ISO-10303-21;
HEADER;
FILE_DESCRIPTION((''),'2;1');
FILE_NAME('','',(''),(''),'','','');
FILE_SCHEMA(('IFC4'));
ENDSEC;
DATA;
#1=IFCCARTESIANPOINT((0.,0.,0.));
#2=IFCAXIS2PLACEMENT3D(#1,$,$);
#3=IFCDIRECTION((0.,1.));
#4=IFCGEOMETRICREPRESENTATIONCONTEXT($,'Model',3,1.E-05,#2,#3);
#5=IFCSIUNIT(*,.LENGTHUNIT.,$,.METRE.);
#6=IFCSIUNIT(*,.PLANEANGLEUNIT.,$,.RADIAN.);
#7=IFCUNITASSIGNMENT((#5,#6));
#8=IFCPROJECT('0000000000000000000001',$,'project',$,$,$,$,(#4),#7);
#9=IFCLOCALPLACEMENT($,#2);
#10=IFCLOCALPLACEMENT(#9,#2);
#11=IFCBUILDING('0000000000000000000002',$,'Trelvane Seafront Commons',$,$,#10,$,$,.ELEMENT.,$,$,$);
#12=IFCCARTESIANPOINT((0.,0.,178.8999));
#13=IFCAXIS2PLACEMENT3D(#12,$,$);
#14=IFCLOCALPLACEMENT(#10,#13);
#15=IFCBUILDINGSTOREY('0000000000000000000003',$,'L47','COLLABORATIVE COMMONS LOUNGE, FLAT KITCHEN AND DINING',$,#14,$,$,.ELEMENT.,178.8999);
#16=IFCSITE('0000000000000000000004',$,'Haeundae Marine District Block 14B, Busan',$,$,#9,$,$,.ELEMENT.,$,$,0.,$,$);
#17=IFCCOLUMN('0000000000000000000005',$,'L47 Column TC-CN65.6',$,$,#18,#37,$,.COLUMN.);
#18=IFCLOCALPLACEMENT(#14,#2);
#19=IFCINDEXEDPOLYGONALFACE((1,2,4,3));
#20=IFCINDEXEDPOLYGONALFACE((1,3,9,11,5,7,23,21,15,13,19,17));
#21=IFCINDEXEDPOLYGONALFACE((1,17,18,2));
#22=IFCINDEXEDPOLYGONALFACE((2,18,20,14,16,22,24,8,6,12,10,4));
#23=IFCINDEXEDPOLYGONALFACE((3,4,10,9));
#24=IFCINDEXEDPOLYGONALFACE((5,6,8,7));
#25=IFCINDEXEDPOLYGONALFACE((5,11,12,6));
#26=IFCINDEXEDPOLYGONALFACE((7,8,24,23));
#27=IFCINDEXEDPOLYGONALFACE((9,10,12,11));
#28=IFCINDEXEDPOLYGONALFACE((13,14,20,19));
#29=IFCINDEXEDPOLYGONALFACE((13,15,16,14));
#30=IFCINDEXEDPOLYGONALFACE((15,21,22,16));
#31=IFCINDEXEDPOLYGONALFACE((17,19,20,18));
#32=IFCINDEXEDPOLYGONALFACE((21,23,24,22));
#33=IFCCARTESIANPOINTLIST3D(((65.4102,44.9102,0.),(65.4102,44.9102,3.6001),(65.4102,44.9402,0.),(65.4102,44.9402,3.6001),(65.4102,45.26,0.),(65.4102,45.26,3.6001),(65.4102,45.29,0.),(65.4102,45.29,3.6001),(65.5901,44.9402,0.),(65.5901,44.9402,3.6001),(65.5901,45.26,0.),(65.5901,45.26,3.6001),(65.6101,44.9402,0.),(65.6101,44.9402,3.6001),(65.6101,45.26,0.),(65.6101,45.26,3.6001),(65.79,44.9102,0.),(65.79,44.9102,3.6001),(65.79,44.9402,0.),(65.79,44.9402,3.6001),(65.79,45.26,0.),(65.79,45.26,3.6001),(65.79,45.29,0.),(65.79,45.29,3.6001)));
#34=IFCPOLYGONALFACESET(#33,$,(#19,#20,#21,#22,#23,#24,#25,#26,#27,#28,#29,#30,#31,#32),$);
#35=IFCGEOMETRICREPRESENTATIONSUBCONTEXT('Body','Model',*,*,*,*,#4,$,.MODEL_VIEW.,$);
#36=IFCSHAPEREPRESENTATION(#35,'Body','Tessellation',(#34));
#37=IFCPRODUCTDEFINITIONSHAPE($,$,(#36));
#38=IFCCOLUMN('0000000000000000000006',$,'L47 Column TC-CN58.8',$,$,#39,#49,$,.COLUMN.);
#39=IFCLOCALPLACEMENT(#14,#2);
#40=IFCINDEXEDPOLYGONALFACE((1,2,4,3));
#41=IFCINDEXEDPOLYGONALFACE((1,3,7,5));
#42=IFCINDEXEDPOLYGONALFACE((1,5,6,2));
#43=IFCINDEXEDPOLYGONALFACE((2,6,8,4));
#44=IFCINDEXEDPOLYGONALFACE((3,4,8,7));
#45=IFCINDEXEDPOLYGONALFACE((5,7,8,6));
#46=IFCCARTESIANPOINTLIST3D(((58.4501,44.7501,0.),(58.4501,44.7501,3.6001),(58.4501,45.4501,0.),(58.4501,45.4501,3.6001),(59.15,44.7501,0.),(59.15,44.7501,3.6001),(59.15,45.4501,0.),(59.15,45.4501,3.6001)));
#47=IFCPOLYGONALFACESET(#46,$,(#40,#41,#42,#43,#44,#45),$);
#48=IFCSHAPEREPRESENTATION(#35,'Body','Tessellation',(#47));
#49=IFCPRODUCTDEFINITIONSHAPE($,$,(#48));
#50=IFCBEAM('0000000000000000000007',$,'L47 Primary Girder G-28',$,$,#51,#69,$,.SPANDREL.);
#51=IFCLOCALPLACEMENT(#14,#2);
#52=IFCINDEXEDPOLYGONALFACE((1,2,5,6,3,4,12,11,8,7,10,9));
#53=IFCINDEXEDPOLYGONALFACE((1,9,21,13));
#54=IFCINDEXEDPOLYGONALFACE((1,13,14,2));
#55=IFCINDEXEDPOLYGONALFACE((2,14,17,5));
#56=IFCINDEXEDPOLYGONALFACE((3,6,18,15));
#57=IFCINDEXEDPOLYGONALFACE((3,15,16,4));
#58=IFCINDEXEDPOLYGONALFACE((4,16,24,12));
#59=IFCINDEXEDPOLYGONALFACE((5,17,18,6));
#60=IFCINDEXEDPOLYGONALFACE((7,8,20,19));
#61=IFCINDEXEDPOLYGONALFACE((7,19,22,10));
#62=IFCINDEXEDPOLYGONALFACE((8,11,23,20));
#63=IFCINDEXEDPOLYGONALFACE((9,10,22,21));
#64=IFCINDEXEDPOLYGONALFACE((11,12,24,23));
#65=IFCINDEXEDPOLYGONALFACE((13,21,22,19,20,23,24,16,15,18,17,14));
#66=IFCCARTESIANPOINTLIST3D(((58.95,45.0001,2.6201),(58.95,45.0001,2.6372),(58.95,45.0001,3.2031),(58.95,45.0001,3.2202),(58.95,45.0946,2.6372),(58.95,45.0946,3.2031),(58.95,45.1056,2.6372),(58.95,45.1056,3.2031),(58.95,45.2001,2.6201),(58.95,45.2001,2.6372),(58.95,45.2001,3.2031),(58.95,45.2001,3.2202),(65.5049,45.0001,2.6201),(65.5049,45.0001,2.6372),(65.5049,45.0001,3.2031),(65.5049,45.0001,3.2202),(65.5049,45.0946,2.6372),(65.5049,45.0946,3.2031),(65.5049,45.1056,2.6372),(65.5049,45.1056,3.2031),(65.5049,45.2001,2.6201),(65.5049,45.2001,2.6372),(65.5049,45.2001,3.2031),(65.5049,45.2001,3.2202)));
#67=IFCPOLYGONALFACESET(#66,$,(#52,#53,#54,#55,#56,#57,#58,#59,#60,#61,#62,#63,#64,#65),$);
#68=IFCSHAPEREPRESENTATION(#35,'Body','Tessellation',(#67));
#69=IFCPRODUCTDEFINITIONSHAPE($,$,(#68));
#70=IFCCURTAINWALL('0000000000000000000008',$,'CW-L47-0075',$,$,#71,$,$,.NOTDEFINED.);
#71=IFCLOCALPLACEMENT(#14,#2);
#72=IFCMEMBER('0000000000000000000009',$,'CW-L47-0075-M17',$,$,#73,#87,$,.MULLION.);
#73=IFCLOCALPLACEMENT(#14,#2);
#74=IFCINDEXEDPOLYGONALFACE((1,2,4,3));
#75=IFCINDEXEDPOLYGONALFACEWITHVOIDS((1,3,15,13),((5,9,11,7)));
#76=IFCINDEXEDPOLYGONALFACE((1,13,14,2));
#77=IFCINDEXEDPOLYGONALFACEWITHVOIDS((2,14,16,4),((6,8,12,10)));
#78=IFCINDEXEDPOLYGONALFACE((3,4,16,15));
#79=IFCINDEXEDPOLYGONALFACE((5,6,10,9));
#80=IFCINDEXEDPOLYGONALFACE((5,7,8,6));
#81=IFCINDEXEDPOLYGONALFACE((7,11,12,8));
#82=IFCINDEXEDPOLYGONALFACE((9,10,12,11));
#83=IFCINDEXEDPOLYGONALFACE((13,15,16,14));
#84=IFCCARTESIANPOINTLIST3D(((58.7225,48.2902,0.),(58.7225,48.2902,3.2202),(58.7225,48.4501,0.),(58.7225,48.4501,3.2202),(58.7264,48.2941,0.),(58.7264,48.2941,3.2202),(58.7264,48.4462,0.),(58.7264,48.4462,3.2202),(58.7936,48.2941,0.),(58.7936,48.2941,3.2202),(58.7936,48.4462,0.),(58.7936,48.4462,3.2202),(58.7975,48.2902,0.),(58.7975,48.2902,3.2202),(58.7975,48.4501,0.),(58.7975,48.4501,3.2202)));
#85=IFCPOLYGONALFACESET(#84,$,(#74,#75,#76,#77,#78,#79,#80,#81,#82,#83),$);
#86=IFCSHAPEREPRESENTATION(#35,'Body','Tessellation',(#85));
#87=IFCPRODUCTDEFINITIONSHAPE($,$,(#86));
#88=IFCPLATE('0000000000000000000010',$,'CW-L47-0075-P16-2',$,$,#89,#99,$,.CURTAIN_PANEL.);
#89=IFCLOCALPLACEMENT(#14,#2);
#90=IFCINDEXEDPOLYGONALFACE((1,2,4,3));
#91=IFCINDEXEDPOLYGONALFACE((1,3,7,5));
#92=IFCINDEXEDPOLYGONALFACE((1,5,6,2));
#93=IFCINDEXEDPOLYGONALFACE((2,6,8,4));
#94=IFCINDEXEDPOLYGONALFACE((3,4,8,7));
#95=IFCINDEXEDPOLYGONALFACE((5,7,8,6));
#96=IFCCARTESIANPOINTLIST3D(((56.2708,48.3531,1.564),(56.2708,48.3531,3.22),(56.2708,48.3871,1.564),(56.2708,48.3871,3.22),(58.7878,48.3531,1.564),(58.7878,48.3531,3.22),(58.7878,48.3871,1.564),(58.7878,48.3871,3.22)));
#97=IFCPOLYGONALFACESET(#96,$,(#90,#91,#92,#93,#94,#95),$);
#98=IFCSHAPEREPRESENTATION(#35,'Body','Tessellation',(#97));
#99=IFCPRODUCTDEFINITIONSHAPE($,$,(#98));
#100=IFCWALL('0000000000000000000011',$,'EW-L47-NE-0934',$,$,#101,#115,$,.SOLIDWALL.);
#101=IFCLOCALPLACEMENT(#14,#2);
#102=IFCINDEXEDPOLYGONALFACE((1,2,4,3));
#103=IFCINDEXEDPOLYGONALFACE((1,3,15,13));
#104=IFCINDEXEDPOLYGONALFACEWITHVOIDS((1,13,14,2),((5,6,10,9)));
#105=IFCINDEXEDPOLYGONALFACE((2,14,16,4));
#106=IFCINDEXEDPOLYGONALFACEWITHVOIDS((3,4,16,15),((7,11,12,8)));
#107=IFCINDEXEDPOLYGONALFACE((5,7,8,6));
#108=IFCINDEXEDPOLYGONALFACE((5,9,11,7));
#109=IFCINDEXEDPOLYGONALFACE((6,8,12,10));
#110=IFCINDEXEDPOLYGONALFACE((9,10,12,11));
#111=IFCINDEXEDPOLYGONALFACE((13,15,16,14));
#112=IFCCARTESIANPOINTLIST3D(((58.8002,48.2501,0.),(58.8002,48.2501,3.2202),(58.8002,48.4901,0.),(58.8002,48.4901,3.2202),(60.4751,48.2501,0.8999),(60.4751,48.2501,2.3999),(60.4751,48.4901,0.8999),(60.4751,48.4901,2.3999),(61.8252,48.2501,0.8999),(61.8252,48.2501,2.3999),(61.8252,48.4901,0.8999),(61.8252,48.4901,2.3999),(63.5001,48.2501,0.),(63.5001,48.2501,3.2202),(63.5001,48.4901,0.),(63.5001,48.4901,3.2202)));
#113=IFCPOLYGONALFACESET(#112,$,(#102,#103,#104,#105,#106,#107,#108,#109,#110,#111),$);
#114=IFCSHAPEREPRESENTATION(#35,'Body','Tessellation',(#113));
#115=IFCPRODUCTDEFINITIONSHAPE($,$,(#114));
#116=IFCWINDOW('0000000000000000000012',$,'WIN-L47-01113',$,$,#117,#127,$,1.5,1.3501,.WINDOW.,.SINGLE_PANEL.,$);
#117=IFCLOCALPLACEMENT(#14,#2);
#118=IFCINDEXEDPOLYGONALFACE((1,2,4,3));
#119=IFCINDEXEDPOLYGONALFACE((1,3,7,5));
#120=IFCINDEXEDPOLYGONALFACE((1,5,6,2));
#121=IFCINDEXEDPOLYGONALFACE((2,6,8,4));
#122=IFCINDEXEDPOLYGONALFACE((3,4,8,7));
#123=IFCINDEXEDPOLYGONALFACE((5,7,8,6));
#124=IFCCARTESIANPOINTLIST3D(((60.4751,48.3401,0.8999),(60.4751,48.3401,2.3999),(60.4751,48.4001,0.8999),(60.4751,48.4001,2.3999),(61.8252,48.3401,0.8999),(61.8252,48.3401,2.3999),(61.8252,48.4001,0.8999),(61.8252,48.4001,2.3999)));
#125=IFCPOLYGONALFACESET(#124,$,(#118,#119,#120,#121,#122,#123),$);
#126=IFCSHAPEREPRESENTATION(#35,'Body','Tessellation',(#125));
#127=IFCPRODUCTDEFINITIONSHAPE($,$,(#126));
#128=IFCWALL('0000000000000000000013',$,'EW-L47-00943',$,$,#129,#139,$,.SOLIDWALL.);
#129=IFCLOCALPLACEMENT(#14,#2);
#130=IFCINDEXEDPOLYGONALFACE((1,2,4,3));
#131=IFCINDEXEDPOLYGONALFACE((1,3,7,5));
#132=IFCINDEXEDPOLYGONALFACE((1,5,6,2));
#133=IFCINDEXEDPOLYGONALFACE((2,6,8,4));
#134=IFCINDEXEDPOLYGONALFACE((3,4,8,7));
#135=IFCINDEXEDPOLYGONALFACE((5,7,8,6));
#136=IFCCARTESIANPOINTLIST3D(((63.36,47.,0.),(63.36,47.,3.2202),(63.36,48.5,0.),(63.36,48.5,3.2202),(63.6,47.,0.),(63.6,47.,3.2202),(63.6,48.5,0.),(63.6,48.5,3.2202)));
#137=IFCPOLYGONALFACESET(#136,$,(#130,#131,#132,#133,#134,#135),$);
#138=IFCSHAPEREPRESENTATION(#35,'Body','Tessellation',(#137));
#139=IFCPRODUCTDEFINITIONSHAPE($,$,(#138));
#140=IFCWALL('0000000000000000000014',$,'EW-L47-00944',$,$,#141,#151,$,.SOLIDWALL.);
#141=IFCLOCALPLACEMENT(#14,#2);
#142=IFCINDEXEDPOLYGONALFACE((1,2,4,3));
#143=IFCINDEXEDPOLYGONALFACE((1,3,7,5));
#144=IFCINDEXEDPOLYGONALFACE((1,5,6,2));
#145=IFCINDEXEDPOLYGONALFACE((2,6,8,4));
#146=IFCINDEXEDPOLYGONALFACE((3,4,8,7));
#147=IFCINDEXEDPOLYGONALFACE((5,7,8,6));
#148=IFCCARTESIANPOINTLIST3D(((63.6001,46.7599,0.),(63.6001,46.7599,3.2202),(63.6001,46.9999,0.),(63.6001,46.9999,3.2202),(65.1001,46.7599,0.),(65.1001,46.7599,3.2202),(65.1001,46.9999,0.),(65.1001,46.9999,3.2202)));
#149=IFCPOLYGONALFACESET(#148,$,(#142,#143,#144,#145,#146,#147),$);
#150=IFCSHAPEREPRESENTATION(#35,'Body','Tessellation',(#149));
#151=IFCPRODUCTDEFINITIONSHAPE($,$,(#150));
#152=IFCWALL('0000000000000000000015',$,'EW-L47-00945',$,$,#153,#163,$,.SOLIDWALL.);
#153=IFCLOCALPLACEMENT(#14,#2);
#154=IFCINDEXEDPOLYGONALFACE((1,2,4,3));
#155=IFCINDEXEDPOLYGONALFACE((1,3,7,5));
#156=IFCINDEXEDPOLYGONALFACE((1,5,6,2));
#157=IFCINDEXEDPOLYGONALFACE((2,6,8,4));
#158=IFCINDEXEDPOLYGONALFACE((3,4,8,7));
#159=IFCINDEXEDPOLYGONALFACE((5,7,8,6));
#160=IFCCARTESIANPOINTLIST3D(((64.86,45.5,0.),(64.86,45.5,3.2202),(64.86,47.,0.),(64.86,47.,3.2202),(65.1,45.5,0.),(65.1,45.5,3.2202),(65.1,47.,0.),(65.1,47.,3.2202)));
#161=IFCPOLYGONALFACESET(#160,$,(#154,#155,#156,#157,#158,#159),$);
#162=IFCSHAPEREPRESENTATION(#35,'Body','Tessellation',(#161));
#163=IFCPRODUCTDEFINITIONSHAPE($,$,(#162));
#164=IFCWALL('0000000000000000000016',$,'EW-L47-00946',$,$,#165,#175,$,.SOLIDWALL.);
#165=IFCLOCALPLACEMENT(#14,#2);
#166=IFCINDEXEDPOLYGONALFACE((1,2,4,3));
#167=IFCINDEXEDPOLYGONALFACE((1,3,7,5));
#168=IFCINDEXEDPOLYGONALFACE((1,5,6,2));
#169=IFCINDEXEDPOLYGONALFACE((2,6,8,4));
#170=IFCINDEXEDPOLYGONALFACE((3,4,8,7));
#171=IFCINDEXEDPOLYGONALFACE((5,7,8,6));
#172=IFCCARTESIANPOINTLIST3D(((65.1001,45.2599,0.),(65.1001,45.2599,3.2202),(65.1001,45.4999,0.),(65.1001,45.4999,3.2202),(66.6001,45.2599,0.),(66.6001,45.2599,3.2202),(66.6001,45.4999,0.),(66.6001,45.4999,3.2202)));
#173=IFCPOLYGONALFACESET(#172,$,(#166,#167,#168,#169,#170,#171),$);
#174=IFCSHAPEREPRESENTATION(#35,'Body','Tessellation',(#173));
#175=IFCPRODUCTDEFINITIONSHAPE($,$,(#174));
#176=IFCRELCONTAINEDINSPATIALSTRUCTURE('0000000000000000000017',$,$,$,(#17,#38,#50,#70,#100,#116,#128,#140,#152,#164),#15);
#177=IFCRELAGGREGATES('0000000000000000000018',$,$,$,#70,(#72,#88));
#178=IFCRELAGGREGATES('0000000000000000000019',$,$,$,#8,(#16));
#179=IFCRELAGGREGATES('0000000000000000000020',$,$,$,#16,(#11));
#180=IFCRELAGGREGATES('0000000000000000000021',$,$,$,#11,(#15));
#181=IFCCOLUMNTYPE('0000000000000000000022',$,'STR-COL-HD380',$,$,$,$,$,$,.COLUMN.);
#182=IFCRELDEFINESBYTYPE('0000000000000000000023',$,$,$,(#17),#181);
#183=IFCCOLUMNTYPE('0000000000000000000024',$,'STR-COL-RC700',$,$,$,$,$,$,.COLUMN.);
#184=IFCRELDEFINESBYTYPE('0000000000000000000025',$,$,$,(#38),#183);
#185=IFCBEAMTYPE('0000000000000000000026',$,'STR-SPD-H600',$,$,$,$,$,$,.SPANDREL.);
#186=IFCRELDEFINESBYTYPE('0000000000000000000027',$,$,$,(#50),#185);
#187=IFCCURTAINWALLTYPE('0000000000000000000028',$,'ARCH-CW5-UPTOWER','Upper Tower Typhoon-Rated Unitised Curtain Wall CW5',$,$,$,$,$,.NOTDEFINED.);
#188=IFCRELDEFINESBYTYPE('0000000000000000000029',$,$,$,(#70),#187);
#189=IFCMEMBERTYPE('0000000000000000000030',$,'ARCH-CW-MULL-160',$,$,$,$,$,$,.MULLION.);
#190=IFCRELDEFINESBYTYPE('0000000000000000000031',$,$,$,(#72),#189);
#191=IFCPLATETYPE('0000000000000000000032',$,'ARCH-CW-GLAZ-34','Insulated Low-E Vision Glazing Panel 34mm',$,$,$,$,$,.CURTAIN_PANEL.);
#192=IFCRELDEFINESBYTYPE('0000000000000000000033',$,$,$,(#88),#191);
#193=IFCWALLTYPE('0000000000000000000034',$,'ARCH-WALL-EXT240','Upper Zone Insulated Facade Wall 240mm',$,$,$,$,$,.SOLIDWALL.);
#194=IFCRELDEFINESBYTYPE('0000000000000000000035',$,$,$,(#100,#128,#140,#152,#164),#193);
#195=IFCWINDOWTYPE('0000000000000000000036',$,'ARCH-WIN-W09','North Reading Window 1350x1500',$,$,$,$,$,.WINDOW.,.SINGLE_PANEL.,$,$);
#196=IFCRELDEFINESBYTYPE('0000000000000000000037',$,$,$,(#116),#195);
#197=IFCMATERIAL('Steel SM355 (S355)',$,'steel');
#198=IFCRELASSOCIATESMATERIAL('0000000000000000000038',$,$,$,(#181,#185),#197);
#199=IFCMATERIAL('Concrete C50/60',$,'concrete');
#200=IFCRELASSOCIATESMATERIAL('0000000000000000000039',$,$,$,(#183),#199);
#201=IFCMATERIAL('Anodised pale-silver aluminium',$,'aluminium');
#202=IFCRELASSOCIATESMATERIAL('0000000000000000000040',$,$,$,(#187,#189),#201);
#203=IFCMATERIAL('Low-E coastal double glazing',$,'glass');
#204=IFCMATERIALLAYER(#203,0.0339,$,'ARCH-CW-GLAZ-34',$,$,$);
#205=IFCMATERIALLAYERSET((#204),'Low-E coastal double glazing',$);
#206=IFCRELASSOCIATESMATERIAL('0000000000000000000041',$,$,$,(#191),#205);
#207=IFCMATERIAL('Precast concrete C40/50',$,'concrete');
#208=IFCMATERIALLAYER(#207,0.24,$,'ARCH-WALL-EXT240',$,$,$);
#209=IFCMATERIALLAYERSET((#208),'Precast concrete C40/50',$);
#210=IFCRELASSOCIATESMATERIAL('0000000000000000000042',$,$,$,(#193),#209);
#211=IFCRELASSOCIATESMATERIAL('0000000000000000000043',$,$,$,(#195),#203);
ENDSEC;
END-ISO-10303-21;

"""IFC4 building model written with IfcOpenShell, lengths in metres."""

from ifc_helpers import new_model, si_unit, direction, frame, frame_2d, origin, origin_2d, place, context, subcontext, project, spatial, rectangle, hollow_rectangle, i_section, extrude, source, transform, mapped, material, layer, layer_set, material_profile, profile_set, type_object, element, fill, aggregate, save


model = new_model("IFC4")

# Units and contexts
model_context = context("Model", 3, precision=1e-05, world=origin(), true_north=direction((0.0, 1.0)))
body_context = subcontext(model_context, "Body", "Model", "MODEL_VIEW")
ifc_project = project(units=[si_unit("LENGTHUNIT", "METRE"), si_unit("PLANEANGLEUNIT", "RADIAN")], contexts=[model_context])

# Site, building, storey
site_placement = place(None, origin())
site = spatial("IfcSite", under=ifc_project, at=site_placement, Name="Haeundae Marine District Block 14B, Busan", CompositionType="ELEMENT", RefElevation=0.0)
building_placement = place(site_placement, origin())
building = spatial("IfcBuilding", under=site, at=building_placement, Name="Trelvane Seafront Commons", CompositionType="ELEMENT")
storey_placement = place(building_placement, frame((0.0, 0.0, 178.8999)))
storey = spatial("IfcBuildingStorey", under=building, at=storey_placement, Name="L47", Description="COLLABORATIVE COMMONS LOUNGE, FLAT KITCHEN AND DINING", CompositionType="ELEMENT", Elevation=178.8999)

# Columns
ifc_material_1 = material(Name="Steel SM355 (S355)", Category="steel")
ifc_material_profile_1 = material_profile(ifc_material_1, i_section(OverallWidth=0.3799, OverallDepth=0.3799, WebThickness=0.02, FlangeThickness=0.03, at=origin_2d()), Name="HD-380x380x20x30")
ifc_profile_set_1 = profile_set([ifc_material_profile_1], Name="Steel SM355 (S355)")
column_type_1 = type_object("IfcColumnType", Name="STR-COL-HD380", PredefinedType="COLUMN", material=ifc_profile_set_1)
shared_shape_1 = source(origin(), body_context, "Body", "SweptSolid", [
    extrude(i_section(OverallWidth=0.3799, OverallDepth=0.3799, WebThickness=0.02, FlangeThickness=0.03, at=origin_2d()), origin(), (0.0, 0.0, 1.0), 3.6001),
])
column_1_placement = place(storey_placement, frame((65.6001, 45.1001, 0.0), z_axis=(0.0, 0.0, 1.0), x_axis=(1.0, 0.0, 0.0)))
element("IfcColumn", 1, at=column_1_placement, inside=storey, type_object=column_type_1, Name="L47 Column TC-CN65.6", PredefinedType="COLUMN", context=body_context, shape_type="MappedRepresentation", body=[
    mapped(shared_shape_1, transform((0.0, 0.0, 0.0), x_axis=(1.0, 0.0, 0.0), y_axis=(0.0, 1.0, 0.0), z_axis=(0.0, 0.0, 1.0), scale=1.0)),
])
ifc_material_2 = material(Name="Concrete C50/60", Category="concrete")
ifc_material_profile_2 = material_profile(ifc_material_2, rectangle(XDim=0.7, YDim=0.7, at=origin_2d()), Name="RC-700x700")
ifc_profile_set_2 = profile_set([ifc_material_profile_2], Name="Concrete C50/60")
column_type_2 = type_object("IfcColumnType", Name="STR-COL-RC700", PredefinedType="COLUMN", material=ifc_profile_set_2)
shared_shape_2 = source(origin(), body_context, "Body", "SweptSolid", [
    extrude(rectangle(XDim=0.7, YDim=0.7, at=origin_2d()), origin(), (0.0, 0.0, 1.0), 3.6001),
])
column_2_placement = place(storey_placement, frame((58.8, 45.1001, 0.0), z_axis=(0.0, 0.0, 1.0), x_axis=(1.0, 0.0, 0.0)))
element("IfcColumn", 2, at=column_2_placement, inside=storey, type_object=column_type_2, Name="L47 Column TC-CN58.8", PredefinedType="COLUMN", context=body_context, shape_type="MappedRepresentation", body=[
    mapped(shared_shape_2, transform((0.0, 0.0, 0.0), x_axis=(1.0, 0.0, 0.0), y_axis=(0.0, 1.0, 0.0), z_axis=(0.0, 0.0, 1.0), scale=1.0)),
])

# Beam
ifc_material_profile_3 = material_profile(ifc_material_1, i_section(OverallWidth=0.2, OverallDepth=0.6001, WebThickness=0.011, FlangeThickness=0.0171, at=origin_2d()), Name="H-600x200x11x17")
ifc_profile_set_3 = profile_set([ifc_material_profile_3], Name="Steel SM355 (S355)")
beam_type = type_object("IfcBeamType", Name="STR-SPD-H600", PredefinedType="SPANDREL", material=ifc_profile_set_3)
shared_shape_3 = source(origin(), body_context, "Body", "SweptSolid", [
    extrude(i_section(OverallWidth=0.2, OverallDepth=0.6001, WebThickness=0.011, FlangeThickness=0.0171, at=origin_2d()), origin(), (0.0, 0.0, 1.0), 6.5549),
])
beam_placement = place(storey_placement, frame((58.95, 45.1001, 2.9202), z_axis=(1.0, 0.0, 0.0), x_axis=(0.0, 1.0, 0.0)))
element("IfcBeam", 3, at=beam_placement, inside=storey, type_object=beam_type, Name="L47 Primary Girder G-28", PredefinedType="SPANDREL", context=body_context, shape_type="MappedRepresentation", body=[
    mapped(shared_shape_3, transform((0.0, 0.0, 0.0), x_axis=(1.0, 0.0, 0.0), y_axis=(0.0, 1.0, 0.0), z_axis=(0.0, 0.0, 1.0), scale=1.0)),
])

# Curtain wall, member, plate
ifc_material_3 = material(Name="Anodised pale-silver aluminium", Category="aluminium")
curtain_wall_type = type_object("IfcCurtainWallType", Name="ARCH-CW5-UPTOWER", Description="Upper Tower Typhoon-Rated Unitised Curtain Wall CW5", PredefinedType="NOTDEFINED", material=ifc_material_3)
curtain_wall_placement = place(storey_placement, origin())
curtain_wall = element("IfcCurtainWall", 4, at=curtain_wall_placement, inside=storey, type_object=curtain_wall_type, Name="CW-L47-0075", PredefinedType="NOTDEFINED")
ifc_material_profile_4 = material_profile(ifc_material_3, hollow_rectangle(XDim=0.075, YDim=0.1599, WallThickness=0.0039, at=origin_2d()), Name="MULL-75x160x4")
ifc_profile_set_4 = profile_set([ifc_material_profile_4], Name="Anodised pale-silver aluminium")
member_type = type_object("IfcMemberType", Name="ARCH-CW-MULL-160", PredefinedType="MULLION", material=ifc_profile_set_4)
shared_shape_4 = source(origin(), body_context, "Body", "SweptSolid", [
    extrude(hollow_rectangle(XDim=0.075, YDim=0.1599, WallThickness=0.0039, at=origin_2d()), origin(), (0.0, 0.0, 1.0), 3.2202),
])
member_placement = place(storey_placement, frame((58.76, 48.3701, 0.0), z_axis=(0.0, 0.0, 1.0), x_axis=(1.0, 0.0, 0.0)))
member = element("IfcMember", 5, at=member_placement, type_object=member_type, Name="CW-L47-0075-M17", PredefinedType="MULLION", context=body_context, shape_type="MappedRepresentation", body=[
    mapped(shared_shape_4, transform((0.0, 0.0, 0.0), x_axis=(1.0, 0.0, 0.0), y_axis=(0.0, 1.0, 0.0), z_axis=(0.0, 0.0, 1.0), scale=1.0)),
])
ifc_material_4 = material(Name="Low-E coastal double glazing", Category="glass")
ifc_layer_1 = layer(ifc_material_4, 0.0339, Name="ARCH-CW-GLAZ-34")
ifc_layer_set_1 = layer_set([ifc_layer_1], Name="Low-E coastal double glazing")
plate_type = type_object("IfcPlateType", Name="ARCH-CW-GLAZ-34", Description="Insulated Low-E Vision Glazing Panel 34mm", PredefinedType="CURTAIN_PANEL", material=ifc_layer_set_1)
shared_shape_5 = source(origin(), body_context, "Body", "SweptSolid", [
    extrude(rectangle(XDim=2.5171, YDim=0.0339, at=origin_2d()), origin(), (0.0, 0.0, 1.0), 1.656),
])
plate_placement = place(storey_placement, frame((57.5293, 48.3701, 1.564), z_axis=(0.0, 0.0, 1.0), x_axis=(1.0, 0.0, 0.0)))
plate = element("IfcPlate", 6, at=plate_placement, type_object=plate_type, Name="CW-L47-0075-P16-2", PredefinedType="CURTAIN_PANEL", context=body_context, shape_type="MappedRepresentation", body=[
    mapped(shared_shape_5, transform((0.0, 0.0, 0.0), x_axis=(1.0, 0.0, 0.0), y_axis=(0.0, 1.0, 0.0), z_axis=(0.0, 0.0, 1.0), scale=1.0)),
])
aggregate(curtain_wall, [member, plate])

# Wall, opening, window
ifc_material_5 = material(Name="Precast concrete C40/50", Category="concrete")
ifc_layer_2 = layer(ifc_material_5, 0.24, Name="ARCH-WALL-EXT240")
ifc_layer_set_2 = layer_set([ifc_layer_2], Name="Precast concrete C40/50")
wall_type_1 = type_object("IfcWallType", Name="ARCH-WALL-EXT240", Description="Upper Zone Insulated Facade Wall 240mm", PredefinedType="SOLIDWALL", material=ifc_layer_set_2)
wall_1_placement = place(storey_placement, frame((58.8, 48.3701, 0.0), z_axis=(0.0, 0.0, 1.0), x_axis=(1.0, 0.0, 0.0)))
wall_1 = element("IfcWall", 7, at=wall_1_placement, inside=storey, type_object=wall_type_1, Name="EW-L47-NE-0934", PredefinedType="SOLIDWALL", context=body_context, shape_type="SweptSolid", body=[
    extrude(rectangle(XDim=4.7, YDim=0.24, at=frame_2d((2.3501, 0.0))), origin(), (0.0, 0.0, 1.0), 3.2202),
])
opening_1_placement = place(wall_1_placement, frame((1.675, 0.0, 0.8999)))
opening_1 = element("IfcOpeningElement", 8, at=opening_1_placement, cuts=wall_1, PredefinedType="OPENING", context=body_context, shape_type="SweptSolid", body=[
    extrude(rectangle(XDim=1.3501, YDim=1.5, at=frame_2d((0.675, 0.75))), frame((0.0, 0.1299, 0.0), z_axis=(0.0, -1.0, 0.0), x_axis=(1.0, 0.0, 0.0)), (0.0, 0.0, 1.0), 0.26),
])
window_type_1 = type_object("IfcWindowType", Name="ARCH-WIN-W09", Description="North Reading Window 1350x1500", PartitioningType="SINGLE_PANEL", PredefinedType="WINDOW", material=ifc_material_4)
shared_shape_6 = source(origin(), body_context, "Body", "SweptSolid", [
    extrude(rectangle(XDim=1.3501, YDim=1.5, at=frame_2d((0.675, 0.75))), frame((0.0, 0.03, 0.0), z_axis=(0.0, -1.0, 0.0), x_axis=(1.0, 0.0, 0.0)), (0.0, 0.0, 1.0), 0.0601),
])
window_1_placement = place(opening_1_placement, origin())
window_1 = element("IfcWindow", 9, at=window_1_placement, inside=storey, type_object=window_type_1, Name="WIN-L47-01113", OverallHeight=1.5, OverallWidth=1.3501, PartitioningType="SINGLE_PANEL", PredefinedType="WINDOW", context=body_context, shape_type="MappedRepresentation", body=[
    mapped(shared_shape_6, transform((0.0, 0.0, 0.0), x_axis=(1.0, 0.0, 0.0), y_axis=(0.0, 1.0, 0.0), z_axis=(0.0, 0.0, 1.0), scale=1.0)),
])
fill(opening_1, window_1)

# Walls
for number, where, z_axis, x_axis, name in (
    (10, (63.48, 48.5, 0.0), (0.0, 0.0, 1.0), (0.0, -1.0, 0.0), "EW-L47-00943"),
    (11, (63.6001, 46.8799, 0.0), (0.0, 0.0, 1.0), (1.0, 0.0, 0.0), "EW-L47-00944"),
    (12, (64.98, 47.0, 0.0), (0.0, 0.0, 1.0), (0.0, -1.0, 0.0), "EW-L47-00945"),
    (13, (65.1001, 45.3799, 0.0), (0.0, 0.0, 1.0), (1.0, 0.0, 0.0), "EW-L47-00946"),
):
    element("IfcWall", number, at=place(storey_placement, frame(where, z_axis=z_axis, x_axis=x_axis)), inside=storey, type_object=wall_type_1, Name=name, PredefinedType="SOLIDWALL", context=body_context, shape_type="SweptSolid", body=[
        extrude(rectangle(XDim=1.5, YDim=0.24, at=frame_2d((0.75, 0.0))), origin(), (0.0, 0.0, 1.0), 3.2202),
    ])

save(model, "model.ifc")
